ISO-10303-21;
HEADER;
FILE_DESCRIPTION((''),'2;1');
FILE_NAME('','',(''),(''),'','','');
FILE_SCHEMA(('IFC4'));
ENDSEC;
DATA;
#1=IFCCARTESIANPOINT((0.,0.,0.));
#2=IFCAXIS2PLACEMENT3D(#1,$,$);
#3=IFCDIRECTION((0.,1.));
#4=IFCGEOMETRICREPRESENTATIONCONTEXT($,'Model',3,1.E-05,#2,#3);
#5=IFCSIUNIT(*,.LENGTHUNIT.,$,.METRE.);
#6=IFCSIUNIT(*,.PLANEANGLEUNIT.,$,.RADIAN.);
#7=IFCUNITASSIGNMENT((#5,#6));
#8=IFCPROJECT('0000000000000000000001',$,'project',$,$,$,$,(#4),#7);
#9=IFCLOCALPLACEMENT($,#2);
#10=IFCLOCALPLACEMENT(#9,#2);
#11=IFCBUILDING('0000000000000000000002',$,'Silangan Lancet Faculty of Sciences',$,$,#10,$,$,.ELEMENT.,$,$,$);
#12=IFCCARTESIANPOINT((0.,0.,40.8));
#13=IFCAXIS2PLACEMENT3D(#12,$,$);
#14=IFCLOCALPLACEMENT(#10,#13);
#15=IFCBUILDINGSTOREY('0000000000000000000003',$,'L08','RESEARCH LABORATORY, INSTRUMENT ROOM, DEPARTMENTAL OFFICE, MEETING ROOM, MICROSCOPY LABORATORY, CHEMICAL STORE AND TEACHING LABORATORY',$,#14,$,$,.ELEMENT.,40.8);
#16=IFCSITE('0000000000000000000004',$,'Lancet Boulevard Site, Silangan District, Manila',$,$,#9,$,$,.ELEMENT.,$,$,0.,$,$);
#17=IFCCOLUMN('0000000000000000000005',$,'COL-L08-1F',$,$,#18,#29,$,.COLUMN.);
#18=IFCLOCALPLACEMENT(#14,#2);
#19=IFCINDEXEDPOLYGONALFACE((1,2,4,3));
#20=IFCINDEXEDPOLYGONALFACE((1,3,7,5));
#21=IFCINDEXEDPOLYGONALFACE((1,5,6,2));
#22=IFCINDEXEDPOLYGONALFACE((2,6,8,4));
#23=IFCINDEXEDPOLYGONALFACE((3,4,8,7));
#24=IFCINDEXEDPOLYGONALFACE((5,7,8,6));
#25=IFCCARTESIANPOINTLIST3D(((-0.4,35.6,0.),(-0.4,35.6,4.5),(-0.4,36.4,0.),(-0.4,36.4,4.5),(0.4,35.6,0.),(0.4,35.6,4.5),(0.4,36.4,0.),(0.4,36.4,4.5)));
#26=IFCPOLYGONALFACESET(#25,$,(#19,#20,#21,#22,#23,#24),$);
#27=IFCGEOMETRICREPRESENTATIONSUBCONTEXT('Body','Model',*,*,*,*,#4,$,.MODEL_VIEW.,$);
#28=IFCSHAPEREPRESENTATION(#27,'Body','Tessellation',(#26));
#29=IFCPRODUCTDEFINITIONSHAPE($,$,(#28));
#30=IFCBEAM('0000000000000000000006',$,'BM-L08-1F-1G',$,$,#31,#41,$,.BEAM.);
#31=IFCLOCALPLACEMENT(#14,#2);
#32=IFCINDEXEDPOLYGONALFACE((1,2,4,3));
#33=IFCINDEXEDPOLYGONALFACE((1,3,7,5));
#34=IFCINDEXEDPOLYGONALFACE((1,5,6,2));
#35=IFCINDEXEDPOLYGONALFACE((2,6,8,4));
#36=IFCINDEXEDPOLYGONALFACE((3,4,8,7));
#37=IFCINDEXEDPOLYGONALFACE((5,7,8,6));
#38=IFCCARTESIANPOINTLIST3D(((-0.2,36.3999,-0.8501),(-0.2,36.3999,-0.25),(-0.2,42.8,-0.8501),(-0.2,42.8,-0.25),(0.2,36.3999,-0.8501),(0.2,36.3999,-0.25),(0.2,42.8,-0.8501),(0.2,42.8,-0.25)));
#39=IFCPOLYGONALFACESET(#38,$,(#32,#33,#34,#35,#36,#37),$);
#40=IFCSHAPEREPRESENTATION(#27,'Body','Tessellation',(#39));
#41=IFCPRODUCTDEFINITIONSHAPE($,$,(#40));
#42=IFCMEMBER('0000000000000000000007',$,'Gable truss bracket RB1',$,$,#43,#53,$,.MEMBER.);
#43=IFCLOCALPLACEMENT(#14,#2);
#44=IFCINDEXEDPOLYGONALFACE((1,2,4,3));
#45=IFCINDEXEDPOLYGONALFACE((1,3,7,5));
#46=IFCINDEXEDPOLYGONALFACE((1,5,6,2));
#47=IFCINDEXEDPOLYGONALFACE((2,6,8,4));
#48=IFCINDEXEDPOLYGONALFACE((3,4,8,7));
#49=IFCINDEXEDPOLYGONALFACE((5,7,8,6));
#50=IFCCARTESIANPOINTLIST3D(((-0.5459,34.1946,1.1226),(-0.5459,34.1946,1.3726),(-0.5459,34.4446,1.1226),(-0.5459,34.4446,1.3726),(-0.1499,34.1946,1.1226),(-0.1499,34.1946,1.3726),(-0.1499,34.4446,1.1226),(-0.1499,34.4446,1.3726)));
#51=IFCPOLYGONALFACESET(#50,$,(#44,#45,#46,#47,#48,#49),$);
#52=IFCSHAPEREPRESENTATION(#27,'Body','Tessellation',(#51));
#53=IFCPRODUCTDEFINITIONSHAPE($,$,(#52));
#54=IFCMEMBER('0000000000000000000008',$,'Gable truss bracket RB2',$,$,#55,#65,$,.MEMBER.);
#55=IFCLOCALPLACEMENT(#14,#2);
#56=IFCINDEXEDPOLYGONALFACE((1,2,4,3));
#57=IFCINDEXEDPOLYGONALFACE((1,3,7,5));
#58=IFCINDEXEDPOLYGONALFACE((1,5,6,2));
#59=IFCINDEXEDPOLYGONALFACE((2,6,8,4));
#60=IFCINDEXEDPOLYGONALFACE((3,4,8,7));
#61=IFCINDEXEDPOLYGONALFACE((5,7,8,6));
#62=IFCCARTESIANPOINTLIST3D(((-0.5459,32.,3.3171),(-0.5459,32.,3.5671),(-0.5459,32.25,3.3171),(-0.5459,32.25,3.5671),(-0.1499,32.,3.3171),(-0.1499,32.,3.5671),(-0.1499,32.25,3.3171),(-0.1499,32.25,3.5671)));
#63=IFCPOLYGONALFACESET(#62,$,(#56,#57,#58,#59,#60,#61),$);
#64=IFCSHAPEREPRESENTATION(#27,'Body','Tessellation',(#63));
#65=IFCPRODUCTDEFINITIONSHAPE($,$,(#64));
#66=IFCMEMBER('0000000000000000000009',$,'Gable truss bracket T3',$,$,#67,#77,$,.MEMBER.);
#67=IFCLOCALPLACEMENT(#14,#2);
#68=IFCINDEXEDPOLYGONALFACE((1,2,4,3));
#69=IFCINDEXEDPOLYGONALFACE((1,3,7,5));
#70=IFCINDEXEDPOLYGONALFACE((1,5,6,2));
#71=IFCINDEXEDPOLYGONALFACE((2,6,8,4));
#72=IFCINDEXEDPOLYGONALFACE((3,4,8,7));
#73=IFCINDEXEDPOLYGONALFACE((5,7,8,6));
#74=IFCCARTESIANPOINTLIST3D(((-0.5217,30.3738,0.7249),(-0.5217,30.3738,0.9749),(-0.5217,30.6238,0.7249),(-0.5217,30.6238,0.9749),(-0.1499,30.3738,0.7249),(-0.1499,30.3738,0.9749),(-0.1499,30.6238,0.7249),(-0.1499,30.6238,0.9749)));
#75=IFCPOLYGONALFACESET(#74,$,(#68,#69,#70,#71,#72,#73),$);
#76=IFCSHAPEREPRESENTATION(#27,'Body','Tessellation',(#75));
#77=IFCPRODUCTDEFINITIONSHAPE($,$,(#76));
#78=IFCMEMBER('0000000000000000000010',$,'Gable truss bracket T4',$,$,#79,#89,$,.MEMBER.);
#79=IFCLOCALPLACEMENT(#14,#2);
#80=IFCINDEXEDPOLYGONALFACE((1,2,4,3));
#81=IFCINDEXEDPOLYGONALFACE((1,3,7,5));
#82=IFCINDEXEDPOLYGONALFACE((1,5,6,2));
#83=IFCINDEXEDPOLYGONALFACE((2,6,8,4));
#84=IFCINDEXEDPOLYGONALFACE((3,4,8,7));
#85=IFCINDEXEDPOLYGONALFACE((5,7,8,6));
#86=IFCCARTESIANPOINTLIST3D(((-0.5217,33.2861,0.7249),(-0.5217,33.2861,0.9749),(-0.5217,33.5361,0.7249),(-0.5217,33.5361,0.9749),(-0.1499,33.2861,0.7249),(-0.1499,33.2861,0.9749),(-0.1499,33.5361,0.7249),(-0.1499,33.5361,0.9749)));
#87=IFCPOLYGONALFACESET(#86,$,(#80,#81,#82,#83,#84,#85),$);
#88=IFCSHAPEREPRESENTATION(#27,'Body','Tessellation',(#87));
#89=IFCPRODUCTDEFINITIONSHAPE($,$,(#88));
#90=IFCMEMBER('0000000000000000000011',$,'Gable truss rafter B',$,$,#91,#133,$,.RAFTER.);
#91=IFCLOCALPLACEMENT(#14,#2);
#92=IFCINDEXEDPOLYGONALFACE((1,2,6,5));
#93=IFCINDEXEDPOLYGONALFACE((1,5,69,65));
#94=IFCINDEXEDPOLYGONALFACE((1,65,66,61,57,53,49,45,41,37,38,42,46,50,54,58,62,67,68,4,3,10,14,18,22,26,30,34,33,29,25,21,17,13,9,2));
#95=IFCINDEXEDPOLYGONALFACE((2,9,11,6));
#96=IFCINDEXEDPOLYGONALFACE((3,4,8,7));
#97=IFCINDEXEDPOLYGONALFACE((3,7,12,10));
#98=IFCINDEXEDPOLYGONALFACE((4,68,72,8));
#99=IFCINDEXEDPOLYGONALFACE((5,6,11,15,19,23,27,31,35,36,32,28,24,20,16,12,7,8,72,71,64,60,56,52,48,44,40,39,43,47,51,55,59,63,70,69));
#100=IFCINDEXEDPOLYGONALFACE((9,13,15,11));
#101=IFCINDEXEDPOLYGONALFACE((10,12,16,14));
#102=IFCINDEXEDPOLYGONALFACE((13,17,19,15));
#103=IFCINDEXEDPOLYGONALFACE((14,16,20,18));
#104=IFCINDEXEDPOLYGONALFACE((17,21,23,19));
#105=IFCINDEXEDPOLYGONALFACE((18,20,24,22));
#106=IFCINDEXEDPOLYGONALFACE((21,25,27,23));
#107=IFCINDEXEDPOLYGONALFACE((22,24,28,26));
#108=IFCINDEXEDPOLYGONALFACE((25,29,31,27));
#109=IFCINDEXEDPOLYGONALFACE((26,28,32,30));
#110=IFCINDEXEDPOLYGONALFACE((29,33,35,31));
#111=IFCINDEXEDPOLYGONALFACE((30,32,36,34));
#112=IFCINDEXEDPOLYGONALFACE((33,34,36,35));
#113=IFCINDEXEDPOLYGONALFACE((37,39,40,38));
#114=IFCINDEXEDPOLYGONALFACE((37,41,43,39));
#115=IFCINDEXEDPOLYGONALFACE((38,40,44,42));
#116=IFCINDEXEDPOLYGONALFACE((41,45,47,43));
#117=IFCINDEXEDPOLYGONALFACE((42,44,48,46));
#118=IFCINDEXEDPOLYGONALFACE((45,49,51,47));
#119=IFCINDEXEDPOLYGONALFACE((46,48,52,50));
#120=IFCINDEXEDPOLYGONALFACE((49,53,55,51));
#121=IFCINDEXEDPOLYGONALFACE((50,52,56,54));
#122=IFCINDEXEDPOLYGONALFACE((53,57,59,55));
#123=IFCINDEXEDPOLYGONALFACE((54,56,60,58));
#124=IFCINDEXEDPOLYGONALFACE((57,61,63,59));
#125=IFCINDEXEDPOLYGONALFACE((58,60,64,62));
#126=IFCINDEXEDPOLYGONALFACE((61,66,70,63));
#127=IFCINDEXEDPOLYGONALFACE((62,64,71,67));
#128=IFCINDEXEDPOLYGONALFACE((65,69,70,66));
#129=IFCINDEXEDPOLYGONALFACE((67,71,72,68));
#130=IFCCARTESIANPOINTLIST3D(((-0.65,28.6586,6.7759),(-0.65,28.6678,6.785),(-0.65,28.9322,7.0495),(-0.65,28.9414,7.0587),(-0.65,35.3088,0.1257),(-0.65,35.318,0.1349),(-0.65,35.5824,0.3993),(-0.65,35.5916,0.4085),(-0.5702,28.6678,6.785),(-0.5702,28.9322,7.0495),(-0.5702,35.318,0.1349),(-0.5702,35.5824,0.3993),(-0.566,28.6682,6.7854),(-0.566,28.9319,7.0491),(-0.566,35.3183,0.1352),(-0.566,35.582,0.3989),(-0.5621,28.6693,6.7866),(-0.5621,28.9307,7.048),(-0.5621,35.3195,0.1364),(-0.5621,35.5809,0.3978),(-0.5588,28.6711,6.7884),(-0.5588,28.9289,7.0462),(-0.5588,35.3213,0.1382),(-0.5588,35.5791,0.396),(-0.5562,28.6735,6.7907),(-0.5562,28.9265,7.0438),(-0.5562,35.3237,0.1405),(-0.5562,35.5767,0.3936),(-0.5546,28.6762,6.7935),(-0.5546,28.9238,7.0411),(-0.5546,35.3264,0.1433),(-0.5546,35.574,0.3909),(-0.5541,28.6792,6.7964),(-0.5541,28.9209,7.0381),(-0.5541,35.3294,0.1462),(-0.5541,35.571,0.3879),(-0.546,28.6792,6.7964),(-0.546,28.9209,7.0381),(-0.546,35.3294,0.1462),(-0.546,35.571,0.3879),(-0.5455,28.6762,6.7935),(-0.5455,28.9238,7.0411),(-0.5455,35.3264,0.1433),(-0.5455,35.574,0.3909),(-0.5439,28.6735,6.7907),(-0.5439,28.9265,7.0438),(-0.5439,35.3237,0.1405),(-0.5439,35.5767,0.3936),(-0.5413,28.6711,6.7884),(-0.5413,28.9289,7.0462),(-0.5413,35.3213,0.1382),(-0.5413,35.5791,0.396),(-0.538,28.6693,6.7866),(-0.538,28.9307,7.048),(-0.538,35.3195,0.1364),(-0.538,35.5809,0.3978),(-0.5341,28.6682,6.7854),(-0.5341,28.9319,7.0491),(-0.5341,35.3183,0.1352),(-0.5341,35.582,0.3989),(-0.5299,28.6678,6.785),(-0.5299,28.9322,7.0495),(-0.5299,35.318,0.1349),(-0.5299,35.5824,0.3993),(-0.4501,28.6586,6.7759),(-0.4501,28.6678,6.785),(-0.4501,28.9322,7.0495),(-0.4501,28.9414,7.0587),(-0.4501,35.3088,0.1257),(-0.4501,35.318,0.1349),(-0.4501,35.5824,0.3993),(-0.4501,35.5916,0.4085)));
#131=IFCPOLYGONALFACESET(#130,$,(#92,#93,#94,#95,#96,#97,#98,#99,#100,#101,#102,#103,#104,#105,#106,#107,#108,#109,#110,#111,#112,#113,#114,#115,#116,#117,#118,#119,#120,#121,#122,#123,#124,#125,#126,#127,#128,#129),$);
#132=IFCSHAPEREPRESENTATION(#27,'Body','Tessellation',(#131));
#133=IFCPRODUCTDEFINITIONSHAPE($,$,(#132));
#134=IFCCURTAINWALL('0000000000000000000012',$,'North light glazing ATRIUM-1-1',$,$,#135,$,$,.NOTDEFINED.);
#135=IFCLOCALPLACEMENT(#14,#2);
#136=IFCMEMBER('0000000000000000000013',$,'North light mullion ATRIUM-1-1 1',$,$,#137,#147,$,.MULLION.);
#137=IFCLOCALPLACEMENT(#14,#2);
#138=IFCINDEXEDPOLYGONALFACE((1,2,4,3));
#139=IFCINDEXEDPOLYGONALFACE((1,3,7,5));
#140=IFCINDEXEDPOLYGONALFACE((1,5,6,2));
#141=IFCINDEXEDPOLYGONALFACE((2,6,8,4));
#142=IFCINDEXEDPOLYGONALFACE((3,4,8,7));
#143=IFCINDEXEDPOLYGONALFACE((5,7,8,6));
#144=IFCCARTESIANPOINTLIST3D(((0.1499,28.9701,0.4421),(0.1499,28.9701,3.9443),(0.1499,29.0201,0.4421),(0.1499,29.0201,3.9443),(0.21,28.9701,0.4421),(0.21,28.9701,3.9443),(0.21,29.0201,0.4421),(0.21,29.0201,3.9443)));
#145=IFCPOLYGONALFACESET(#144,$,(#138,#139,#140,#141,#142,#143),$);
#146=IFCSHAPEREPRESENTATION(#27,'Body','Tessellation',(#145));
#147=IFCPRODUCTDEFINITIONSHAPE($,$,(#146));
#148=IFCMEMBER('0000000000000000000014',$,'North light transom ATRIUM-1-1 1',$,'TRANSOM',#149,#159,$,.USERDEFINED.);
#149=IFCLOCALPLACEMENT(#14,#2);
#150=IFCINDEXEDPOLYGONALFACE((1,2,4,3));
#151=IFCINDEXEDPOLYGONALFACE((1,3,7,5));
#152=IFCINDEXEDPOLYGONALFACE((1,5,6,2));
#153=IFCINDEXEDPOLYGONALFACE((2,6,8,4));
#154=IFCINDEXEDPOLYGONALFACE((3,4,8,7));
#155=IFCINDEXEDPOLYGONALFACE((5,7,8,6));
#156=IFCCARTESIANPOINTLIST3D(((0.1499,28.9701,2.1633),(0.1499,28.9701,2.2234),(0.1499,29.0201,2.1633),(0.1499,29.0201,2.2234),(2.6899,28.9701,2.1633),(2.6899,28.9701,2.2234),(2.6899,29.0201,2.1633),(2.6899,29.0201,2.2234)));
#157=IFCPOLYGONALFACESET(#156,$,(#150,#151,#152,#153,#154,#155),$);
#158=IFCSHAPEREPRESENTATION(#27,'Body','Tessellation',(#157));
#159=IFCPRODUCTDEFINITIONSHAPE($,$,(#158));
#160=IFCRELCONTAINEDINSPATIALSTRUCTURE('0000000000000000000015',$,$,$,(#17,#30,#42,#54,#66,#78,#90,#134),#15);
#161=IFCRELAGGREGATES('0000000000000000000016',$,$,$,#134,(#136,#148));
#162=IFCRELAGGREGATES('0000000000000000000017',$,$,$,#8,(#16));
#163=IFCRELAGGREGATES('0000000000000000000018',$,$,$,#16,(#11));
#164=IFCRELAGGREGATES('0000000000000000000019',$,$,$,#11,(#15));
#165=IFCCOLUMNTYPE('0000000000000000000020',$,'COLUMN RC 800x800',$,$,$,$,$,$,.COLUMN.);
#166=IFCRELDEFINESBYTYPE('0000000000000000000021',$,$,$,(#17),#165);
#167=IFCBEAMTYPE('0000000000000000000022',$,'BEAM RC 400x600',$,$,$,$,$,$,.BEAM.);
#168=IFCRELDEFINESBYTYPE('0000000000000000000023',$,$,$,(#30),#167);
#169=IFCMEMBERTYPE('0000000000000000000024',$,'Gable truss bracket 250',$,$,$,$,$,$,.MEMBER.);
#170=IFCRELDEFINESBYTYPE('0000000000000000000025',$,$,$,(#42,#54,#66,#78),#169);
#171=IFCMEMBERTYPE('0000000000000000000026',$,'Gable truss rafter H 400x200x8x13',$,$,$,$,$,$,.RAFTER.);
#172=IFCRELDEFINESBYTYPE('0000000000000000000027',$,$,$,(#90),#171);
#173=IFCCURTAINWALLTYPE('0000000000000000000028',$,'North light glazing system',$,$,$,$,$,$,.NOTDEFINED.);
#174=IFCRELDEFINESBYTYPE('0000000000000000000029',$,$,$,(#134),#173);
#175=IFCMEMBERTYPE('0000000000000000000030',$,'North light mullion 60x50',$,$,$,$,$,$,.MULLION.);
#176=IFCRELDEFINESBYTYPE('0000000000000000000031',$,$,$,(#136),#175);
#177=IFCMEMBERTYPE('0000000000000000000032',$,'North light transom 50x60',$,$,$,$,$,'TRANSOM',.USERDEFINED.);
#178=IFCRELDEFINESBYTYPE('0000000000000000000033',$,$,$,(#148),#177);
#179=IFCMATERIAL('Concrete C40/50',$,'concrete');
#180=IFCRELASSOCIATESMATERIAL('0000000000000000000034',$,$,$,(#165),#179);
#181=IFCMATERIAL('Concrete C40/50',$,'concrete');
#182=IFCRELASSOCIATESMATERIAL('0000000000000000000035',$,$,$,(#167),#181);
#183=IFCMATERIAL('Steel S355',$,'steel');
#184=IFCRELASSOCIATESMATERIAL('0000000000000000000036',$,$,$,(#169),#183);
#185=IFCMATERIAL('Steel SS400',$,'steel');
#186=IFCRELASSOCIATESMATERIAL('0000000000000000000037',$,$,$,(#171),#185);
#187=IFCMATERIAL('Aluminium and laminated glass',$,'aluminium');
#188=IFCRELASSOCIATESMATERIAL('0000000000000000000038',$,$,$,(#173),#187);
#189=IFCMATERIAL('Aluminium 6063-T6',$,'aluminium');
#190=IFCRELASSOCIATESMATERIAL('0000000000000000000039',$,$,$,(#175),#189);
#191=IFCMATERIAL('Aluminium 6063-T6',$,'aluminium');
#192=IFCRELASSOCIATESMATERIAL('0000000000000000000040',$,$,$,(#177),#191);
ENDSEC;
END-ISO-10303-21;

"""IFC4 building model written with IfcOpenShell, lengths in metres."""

from ifc_helpers import new_model, si_unit, direction, frame, origin, origin_2d, place, context, subcontext, project, spatial, rectangle, i_section, extrude, material, material_profile, profile_set, type_object, element, aggregate, save


model = new_model("IFC4")

# Units and contexts
model_context = context("Model", 3, precision=1e-05, world=origin(), true_north=direction((0.0, 1.0)))
body_context = subcontext(model_context, "Body", "Model", "MODEL_VIEW")
ifc_project = project(units=[si_unit("LENGTHUNIT", "METRE"), si_unit("PLANEANGLEUNIT", "RADIAN")], contexts=[model_context])

# Site, building, storey
site_placement = place(None, origin())
site = spatial("IfcSite", under=ifc_project, at=site_placement, Name="Lancet Boulevard Site, Silangan District, Manila", CompositionType="ELEMENT", RefElevation=0.0)
building_placement = place(site_placement, origin())
building = spatial("IfcBuilding", under=site, at=building_placement, Name="Silangan Lancet Faculty of Sciences", CompositionType="ELEMENT")
storey_placement = place(building_placement, frame((0.0, 0.0, 40.8)))
storey = spatial("IfcBuildingStorey", under=building, at=storey_placement, Name="L08", Description="RESEARCH LABORATORY, INSTRUMENT ROOM, DEPARTMENTAL OFFICE, MEETING ROOM, MICROSCOPY LABORATORY, CHEMICAL STORE AND TEACHING LABORATORY", CompositionType="ELEMENT", Elevation=40.8)

# Column
ifc_material_1 = material(Name="Concrete C40/50", Category="concrete")
ifc_material_profile_1 = material_profile(ifc_material_1, rectangle(XDim=0.8, YDim=0.8, at=origin_2d()), Name="RC 800x800")
ifc_profile_set_1 = profile_set([ifc_material_profile_1], Name="Concrete C40/50")
column_type = type_object("IfcColumnType", Name="COLUMN RC 800x800", PredefinedType="COLUMN", material=ifc_profile_set_1)
column_placement = place(storey_placement, frame((0.0, 36.0, 0.0), z_axis=(0.0, 0.0, 1.0), x_axis=(1.0, 0.0, 0.0)))
element("IfcColumn", 1, at=column_placement, inside=storey, type_object=column_type, Name="COL-L08-1F", PredefinedType="COLUMN", context=body_context, shape_type="SweptSolid", body=[
    extrude(rectangle(XDim=0.8, YDim=0.8, at=origin_2d()), origin(), (0.0, 0.0, 1.0), 4.5),
])

# Beam
ifc_material_2 = material(Name="Concrete C40/50", Category="concrete")
ifc_material_profile_2 = material_profile(ifc_material_2, rectangle(XDim=0.3999, YDim=0.6001, at=origin_2d()), Name="RC 400x600")
ifc_profile_set_2 = profile_set([ifc_material_profile_2], Name="Concrete C40/50")
beam_type = type_object("IfcBeamType", Name="BEAM RC 400x600", PredefinedType="BEAM", material=ifc_profile_set_2)
beam_placement = place(storey_placement, frame((0.0, 36.3999, -0.55), z_axis=(0.0, 1.0, 0.0), x_axis=(-1.0, 0.0, 0.0)))
element("IfcBeam", 2, at=beam_placement, inside=storey, type_object=beam_type, Name="BM-L08-1F-1G", PredefinedType="BEAM", context=body_context, shape_type="SweptSolid", body=[
    extrude(rectangle(XDim=0.3999, YDim=0.6001, at=origin_2d()), origin(), (0.0, 0.0, 1.0), 6.4001),
])

# Members
ifc_material_3 = material(Name="Steel S355", Category="steel")
ifc_material_profile_3 = material_profile(ifc_material_3, rectangle(XDim=0.25, YDim=0.25, at=origin_2d()), Name="steel 250x250")
ifc_profile_set_3 = profile_set([ifc_material_profile_3], Name="Steel S355")
member_type_1 = type_object("IfcMemberType", Name="Gable truss bracket 250", PredefinedType="MEMBER", material=ifc_profile_set_3)
for number, where, z_axis, x_axis, name in (
    (3, (-0.1499, 34.3196, 1.2476), (-1.0, 0.0, 0.0), (0.0, -1.0, 0.0), "Gable truss bracket RB1"),
    (4, (-0.1499, 32.125, 3.4421), (-1.0, 0.0, 0.0), (0.0, -1.0, 0.0), "Gable truss bracket RB2"),
):
    element("IfcMember", number, at=place(storey_placement, frame(where, z_axis=z_axis, x_axis=x_axis)), inside=storey, type_object=member_type_1, Name=name, PredefinedType="MEMBER", context=body_context, shape_type="SweptSolid", body=[
        extrude(rectangle(XDim=0.25, YDim=0.25, at=origin_2d()), origin(), (0.0, 0.0, 1.0), 0.396),
    ])
for number, where, z_axis, x_axis, name in (
    (5, (-0.1499, 30.4988, 0.8499), (-1.0, 0.0, 0.0), (0.0, -1.0, 0.0), "Gable truss bracket T3"),
    (6, (-0.1499, 33.4111, 0.8499), (-1.0, 0.0, 0.0), (0.0, -1.0, 0.0), "Gable truss bracket T4"),
):
    element("IfcMember", number, at=place(storey_placement, frame(where, z_axis=z_axis, x_axis=x_axis)), inside=storey, type_object=member_type_1, Name=name, PredefinedType="MEMBER", context=body_context, shape_type="SweptSolid", body=[
        extrude(rectangle(XDim=0.25, YDim=0.25, at=origin_2d()), origin(), (0.0, 0.0, 1.0), 0.3718),
    ])
ifc_material_4 = material(Name="Steel SS400", Category="steel")
ifc_material_profile_4 = material_profile(ifc_material_4, i_section(OverallWidth=0.2, OverallDepth=0.3999, WebThickness=0.0081, FlangeThickness=0.0129, FilletRadius=0.0161, at=origin_2d()), Name="H 400x200x8x13")
ifc_profile_set_4 = profile_set([ifc_material_profile_4], Name="Steel SS400")
member_type_2 = type_object("IfcMemberType", Name="Gable truss rafter H 400x200x8x13", PredefinedType="RAFTER", material=ifc_profile_set_4)
member_1_placement = place(storey_placement, frame((-0.55, 35.4502, 0.2671), z_axis=(0.0, -0.707107, 0.707107), x_axis=(1.0, 0.0, 0.0)))
element("IfcMember", 7, at=member_1_placement, inside=storey, type_object=member_type_2, Name="Gable truss rafter B", PredefinedType="RAFTER", context=body_context, shape_type="SweptSolid", body=[
    extrude(i_section(OverallWidth=0.2, OverallDepth=0.3999, WebThickness=0.0081, FlangeThickness=0.0129, FilletRadius=0.0161, at=origin_2d()), origin(), (0.0, 0.0, 1.0), 9.4048),
])

# Curtain wall, members
ifc_material_5 = material(Name="Aluminium and laminated glass", Category="aluminium")
curtain_wall_type = type_object("IfcCurtainWallType", Name="North light glazing system", PredefinedType="NOTDEFINED", material=ifc_material_5)
curtain_wall_placement = place(storey_placement, origin())
curtain_wall = element("IfcCurtainWall", 8, at=curtain_wall_placement, inside=storey, type_object=curtain_wall_type, Name="North light glazing ATRIUM-1-1", PredefinedType="NOTDEFINED")
ifc_material_6 = material(Name="Aluminium 6063-T6", Category="aluminium")
ifc_material_profile_5 = material_profile(ifc_material_6, rectangle(XDim=0.0601, YDim=0.05, at=origin_2d()), Name="AL 60x50")
ifc_profile_set_5 = profile_set([ifc_material_profile_5], Name="Aluminium 6063-T6")
member_type_3 = type_object("IfcMemberType", Name="North light mullion 60x50", PredefinedType="MULLION", material=ifc_profile_set_5)
member_2_placement = place(storey_placement, frame((0.1799, 28.9951, 0.4421), z_axis=(0.0, 0.0, 1.0), x_axis=(1.0, 0.0, 0.0)))
member_2 = element("IfcMember", 9, at=member_2_placement, type_object=member_type_3, Name="North light mullion ATRIUM-1-1 1", PredefinedType="MULLION", context=body_context, shape_type="SweptSolid", body=[
    extrude(rectangle(XDim=0.0601, YDim=0.05, at=origin_2d()), origin(), (0.0, 0.0, 1.0), 3.5022),
])
ifc_material_7 = material(Name="Aluminium 6063-T6", Category="aluminium")
ifc_material_profile_6 = material_profile(ifc_material_7, rectangle(XDim=0.05, YDim=0.0601, at=origin_2d()), Name="AL 50x60")
ifc_profile_set_6 = profile_set([ifc_material_profile_6], Name="Aluminium 6063-T6")
member_type_4 = type_object("IfcMemberType", Name="North light transom 50x60", ElementType="TRANSOM", PredefinedType="USERDEFINED", material=ifc_profile_set_6)
member_3_placement = place(storey_placement, frame((0.1499, 28.9951, 2.1934), z_axis=(1.0, 0.0, 0.0), x_axis=(0.0, 1.0, 0.0)))
member_3 = element("IfcMember", 10, at=member_3_placement, type_object=member_type_4, Name="North light transom ATRIUM-1-1 1", ObjectType="TRANSOM", PredefinedType="USERDEFINED", context=body_context, shape_type="SweptSolid", body=[
    extrude(rectangle(XDim=0.05, YDim=0.0601, at=origin_2d()), origin(), (0.0, 0.0, 1.0), 2.54),
])
aggregate(curtain_wall, [member_2, member_3])

save(model, "model.ifc")
